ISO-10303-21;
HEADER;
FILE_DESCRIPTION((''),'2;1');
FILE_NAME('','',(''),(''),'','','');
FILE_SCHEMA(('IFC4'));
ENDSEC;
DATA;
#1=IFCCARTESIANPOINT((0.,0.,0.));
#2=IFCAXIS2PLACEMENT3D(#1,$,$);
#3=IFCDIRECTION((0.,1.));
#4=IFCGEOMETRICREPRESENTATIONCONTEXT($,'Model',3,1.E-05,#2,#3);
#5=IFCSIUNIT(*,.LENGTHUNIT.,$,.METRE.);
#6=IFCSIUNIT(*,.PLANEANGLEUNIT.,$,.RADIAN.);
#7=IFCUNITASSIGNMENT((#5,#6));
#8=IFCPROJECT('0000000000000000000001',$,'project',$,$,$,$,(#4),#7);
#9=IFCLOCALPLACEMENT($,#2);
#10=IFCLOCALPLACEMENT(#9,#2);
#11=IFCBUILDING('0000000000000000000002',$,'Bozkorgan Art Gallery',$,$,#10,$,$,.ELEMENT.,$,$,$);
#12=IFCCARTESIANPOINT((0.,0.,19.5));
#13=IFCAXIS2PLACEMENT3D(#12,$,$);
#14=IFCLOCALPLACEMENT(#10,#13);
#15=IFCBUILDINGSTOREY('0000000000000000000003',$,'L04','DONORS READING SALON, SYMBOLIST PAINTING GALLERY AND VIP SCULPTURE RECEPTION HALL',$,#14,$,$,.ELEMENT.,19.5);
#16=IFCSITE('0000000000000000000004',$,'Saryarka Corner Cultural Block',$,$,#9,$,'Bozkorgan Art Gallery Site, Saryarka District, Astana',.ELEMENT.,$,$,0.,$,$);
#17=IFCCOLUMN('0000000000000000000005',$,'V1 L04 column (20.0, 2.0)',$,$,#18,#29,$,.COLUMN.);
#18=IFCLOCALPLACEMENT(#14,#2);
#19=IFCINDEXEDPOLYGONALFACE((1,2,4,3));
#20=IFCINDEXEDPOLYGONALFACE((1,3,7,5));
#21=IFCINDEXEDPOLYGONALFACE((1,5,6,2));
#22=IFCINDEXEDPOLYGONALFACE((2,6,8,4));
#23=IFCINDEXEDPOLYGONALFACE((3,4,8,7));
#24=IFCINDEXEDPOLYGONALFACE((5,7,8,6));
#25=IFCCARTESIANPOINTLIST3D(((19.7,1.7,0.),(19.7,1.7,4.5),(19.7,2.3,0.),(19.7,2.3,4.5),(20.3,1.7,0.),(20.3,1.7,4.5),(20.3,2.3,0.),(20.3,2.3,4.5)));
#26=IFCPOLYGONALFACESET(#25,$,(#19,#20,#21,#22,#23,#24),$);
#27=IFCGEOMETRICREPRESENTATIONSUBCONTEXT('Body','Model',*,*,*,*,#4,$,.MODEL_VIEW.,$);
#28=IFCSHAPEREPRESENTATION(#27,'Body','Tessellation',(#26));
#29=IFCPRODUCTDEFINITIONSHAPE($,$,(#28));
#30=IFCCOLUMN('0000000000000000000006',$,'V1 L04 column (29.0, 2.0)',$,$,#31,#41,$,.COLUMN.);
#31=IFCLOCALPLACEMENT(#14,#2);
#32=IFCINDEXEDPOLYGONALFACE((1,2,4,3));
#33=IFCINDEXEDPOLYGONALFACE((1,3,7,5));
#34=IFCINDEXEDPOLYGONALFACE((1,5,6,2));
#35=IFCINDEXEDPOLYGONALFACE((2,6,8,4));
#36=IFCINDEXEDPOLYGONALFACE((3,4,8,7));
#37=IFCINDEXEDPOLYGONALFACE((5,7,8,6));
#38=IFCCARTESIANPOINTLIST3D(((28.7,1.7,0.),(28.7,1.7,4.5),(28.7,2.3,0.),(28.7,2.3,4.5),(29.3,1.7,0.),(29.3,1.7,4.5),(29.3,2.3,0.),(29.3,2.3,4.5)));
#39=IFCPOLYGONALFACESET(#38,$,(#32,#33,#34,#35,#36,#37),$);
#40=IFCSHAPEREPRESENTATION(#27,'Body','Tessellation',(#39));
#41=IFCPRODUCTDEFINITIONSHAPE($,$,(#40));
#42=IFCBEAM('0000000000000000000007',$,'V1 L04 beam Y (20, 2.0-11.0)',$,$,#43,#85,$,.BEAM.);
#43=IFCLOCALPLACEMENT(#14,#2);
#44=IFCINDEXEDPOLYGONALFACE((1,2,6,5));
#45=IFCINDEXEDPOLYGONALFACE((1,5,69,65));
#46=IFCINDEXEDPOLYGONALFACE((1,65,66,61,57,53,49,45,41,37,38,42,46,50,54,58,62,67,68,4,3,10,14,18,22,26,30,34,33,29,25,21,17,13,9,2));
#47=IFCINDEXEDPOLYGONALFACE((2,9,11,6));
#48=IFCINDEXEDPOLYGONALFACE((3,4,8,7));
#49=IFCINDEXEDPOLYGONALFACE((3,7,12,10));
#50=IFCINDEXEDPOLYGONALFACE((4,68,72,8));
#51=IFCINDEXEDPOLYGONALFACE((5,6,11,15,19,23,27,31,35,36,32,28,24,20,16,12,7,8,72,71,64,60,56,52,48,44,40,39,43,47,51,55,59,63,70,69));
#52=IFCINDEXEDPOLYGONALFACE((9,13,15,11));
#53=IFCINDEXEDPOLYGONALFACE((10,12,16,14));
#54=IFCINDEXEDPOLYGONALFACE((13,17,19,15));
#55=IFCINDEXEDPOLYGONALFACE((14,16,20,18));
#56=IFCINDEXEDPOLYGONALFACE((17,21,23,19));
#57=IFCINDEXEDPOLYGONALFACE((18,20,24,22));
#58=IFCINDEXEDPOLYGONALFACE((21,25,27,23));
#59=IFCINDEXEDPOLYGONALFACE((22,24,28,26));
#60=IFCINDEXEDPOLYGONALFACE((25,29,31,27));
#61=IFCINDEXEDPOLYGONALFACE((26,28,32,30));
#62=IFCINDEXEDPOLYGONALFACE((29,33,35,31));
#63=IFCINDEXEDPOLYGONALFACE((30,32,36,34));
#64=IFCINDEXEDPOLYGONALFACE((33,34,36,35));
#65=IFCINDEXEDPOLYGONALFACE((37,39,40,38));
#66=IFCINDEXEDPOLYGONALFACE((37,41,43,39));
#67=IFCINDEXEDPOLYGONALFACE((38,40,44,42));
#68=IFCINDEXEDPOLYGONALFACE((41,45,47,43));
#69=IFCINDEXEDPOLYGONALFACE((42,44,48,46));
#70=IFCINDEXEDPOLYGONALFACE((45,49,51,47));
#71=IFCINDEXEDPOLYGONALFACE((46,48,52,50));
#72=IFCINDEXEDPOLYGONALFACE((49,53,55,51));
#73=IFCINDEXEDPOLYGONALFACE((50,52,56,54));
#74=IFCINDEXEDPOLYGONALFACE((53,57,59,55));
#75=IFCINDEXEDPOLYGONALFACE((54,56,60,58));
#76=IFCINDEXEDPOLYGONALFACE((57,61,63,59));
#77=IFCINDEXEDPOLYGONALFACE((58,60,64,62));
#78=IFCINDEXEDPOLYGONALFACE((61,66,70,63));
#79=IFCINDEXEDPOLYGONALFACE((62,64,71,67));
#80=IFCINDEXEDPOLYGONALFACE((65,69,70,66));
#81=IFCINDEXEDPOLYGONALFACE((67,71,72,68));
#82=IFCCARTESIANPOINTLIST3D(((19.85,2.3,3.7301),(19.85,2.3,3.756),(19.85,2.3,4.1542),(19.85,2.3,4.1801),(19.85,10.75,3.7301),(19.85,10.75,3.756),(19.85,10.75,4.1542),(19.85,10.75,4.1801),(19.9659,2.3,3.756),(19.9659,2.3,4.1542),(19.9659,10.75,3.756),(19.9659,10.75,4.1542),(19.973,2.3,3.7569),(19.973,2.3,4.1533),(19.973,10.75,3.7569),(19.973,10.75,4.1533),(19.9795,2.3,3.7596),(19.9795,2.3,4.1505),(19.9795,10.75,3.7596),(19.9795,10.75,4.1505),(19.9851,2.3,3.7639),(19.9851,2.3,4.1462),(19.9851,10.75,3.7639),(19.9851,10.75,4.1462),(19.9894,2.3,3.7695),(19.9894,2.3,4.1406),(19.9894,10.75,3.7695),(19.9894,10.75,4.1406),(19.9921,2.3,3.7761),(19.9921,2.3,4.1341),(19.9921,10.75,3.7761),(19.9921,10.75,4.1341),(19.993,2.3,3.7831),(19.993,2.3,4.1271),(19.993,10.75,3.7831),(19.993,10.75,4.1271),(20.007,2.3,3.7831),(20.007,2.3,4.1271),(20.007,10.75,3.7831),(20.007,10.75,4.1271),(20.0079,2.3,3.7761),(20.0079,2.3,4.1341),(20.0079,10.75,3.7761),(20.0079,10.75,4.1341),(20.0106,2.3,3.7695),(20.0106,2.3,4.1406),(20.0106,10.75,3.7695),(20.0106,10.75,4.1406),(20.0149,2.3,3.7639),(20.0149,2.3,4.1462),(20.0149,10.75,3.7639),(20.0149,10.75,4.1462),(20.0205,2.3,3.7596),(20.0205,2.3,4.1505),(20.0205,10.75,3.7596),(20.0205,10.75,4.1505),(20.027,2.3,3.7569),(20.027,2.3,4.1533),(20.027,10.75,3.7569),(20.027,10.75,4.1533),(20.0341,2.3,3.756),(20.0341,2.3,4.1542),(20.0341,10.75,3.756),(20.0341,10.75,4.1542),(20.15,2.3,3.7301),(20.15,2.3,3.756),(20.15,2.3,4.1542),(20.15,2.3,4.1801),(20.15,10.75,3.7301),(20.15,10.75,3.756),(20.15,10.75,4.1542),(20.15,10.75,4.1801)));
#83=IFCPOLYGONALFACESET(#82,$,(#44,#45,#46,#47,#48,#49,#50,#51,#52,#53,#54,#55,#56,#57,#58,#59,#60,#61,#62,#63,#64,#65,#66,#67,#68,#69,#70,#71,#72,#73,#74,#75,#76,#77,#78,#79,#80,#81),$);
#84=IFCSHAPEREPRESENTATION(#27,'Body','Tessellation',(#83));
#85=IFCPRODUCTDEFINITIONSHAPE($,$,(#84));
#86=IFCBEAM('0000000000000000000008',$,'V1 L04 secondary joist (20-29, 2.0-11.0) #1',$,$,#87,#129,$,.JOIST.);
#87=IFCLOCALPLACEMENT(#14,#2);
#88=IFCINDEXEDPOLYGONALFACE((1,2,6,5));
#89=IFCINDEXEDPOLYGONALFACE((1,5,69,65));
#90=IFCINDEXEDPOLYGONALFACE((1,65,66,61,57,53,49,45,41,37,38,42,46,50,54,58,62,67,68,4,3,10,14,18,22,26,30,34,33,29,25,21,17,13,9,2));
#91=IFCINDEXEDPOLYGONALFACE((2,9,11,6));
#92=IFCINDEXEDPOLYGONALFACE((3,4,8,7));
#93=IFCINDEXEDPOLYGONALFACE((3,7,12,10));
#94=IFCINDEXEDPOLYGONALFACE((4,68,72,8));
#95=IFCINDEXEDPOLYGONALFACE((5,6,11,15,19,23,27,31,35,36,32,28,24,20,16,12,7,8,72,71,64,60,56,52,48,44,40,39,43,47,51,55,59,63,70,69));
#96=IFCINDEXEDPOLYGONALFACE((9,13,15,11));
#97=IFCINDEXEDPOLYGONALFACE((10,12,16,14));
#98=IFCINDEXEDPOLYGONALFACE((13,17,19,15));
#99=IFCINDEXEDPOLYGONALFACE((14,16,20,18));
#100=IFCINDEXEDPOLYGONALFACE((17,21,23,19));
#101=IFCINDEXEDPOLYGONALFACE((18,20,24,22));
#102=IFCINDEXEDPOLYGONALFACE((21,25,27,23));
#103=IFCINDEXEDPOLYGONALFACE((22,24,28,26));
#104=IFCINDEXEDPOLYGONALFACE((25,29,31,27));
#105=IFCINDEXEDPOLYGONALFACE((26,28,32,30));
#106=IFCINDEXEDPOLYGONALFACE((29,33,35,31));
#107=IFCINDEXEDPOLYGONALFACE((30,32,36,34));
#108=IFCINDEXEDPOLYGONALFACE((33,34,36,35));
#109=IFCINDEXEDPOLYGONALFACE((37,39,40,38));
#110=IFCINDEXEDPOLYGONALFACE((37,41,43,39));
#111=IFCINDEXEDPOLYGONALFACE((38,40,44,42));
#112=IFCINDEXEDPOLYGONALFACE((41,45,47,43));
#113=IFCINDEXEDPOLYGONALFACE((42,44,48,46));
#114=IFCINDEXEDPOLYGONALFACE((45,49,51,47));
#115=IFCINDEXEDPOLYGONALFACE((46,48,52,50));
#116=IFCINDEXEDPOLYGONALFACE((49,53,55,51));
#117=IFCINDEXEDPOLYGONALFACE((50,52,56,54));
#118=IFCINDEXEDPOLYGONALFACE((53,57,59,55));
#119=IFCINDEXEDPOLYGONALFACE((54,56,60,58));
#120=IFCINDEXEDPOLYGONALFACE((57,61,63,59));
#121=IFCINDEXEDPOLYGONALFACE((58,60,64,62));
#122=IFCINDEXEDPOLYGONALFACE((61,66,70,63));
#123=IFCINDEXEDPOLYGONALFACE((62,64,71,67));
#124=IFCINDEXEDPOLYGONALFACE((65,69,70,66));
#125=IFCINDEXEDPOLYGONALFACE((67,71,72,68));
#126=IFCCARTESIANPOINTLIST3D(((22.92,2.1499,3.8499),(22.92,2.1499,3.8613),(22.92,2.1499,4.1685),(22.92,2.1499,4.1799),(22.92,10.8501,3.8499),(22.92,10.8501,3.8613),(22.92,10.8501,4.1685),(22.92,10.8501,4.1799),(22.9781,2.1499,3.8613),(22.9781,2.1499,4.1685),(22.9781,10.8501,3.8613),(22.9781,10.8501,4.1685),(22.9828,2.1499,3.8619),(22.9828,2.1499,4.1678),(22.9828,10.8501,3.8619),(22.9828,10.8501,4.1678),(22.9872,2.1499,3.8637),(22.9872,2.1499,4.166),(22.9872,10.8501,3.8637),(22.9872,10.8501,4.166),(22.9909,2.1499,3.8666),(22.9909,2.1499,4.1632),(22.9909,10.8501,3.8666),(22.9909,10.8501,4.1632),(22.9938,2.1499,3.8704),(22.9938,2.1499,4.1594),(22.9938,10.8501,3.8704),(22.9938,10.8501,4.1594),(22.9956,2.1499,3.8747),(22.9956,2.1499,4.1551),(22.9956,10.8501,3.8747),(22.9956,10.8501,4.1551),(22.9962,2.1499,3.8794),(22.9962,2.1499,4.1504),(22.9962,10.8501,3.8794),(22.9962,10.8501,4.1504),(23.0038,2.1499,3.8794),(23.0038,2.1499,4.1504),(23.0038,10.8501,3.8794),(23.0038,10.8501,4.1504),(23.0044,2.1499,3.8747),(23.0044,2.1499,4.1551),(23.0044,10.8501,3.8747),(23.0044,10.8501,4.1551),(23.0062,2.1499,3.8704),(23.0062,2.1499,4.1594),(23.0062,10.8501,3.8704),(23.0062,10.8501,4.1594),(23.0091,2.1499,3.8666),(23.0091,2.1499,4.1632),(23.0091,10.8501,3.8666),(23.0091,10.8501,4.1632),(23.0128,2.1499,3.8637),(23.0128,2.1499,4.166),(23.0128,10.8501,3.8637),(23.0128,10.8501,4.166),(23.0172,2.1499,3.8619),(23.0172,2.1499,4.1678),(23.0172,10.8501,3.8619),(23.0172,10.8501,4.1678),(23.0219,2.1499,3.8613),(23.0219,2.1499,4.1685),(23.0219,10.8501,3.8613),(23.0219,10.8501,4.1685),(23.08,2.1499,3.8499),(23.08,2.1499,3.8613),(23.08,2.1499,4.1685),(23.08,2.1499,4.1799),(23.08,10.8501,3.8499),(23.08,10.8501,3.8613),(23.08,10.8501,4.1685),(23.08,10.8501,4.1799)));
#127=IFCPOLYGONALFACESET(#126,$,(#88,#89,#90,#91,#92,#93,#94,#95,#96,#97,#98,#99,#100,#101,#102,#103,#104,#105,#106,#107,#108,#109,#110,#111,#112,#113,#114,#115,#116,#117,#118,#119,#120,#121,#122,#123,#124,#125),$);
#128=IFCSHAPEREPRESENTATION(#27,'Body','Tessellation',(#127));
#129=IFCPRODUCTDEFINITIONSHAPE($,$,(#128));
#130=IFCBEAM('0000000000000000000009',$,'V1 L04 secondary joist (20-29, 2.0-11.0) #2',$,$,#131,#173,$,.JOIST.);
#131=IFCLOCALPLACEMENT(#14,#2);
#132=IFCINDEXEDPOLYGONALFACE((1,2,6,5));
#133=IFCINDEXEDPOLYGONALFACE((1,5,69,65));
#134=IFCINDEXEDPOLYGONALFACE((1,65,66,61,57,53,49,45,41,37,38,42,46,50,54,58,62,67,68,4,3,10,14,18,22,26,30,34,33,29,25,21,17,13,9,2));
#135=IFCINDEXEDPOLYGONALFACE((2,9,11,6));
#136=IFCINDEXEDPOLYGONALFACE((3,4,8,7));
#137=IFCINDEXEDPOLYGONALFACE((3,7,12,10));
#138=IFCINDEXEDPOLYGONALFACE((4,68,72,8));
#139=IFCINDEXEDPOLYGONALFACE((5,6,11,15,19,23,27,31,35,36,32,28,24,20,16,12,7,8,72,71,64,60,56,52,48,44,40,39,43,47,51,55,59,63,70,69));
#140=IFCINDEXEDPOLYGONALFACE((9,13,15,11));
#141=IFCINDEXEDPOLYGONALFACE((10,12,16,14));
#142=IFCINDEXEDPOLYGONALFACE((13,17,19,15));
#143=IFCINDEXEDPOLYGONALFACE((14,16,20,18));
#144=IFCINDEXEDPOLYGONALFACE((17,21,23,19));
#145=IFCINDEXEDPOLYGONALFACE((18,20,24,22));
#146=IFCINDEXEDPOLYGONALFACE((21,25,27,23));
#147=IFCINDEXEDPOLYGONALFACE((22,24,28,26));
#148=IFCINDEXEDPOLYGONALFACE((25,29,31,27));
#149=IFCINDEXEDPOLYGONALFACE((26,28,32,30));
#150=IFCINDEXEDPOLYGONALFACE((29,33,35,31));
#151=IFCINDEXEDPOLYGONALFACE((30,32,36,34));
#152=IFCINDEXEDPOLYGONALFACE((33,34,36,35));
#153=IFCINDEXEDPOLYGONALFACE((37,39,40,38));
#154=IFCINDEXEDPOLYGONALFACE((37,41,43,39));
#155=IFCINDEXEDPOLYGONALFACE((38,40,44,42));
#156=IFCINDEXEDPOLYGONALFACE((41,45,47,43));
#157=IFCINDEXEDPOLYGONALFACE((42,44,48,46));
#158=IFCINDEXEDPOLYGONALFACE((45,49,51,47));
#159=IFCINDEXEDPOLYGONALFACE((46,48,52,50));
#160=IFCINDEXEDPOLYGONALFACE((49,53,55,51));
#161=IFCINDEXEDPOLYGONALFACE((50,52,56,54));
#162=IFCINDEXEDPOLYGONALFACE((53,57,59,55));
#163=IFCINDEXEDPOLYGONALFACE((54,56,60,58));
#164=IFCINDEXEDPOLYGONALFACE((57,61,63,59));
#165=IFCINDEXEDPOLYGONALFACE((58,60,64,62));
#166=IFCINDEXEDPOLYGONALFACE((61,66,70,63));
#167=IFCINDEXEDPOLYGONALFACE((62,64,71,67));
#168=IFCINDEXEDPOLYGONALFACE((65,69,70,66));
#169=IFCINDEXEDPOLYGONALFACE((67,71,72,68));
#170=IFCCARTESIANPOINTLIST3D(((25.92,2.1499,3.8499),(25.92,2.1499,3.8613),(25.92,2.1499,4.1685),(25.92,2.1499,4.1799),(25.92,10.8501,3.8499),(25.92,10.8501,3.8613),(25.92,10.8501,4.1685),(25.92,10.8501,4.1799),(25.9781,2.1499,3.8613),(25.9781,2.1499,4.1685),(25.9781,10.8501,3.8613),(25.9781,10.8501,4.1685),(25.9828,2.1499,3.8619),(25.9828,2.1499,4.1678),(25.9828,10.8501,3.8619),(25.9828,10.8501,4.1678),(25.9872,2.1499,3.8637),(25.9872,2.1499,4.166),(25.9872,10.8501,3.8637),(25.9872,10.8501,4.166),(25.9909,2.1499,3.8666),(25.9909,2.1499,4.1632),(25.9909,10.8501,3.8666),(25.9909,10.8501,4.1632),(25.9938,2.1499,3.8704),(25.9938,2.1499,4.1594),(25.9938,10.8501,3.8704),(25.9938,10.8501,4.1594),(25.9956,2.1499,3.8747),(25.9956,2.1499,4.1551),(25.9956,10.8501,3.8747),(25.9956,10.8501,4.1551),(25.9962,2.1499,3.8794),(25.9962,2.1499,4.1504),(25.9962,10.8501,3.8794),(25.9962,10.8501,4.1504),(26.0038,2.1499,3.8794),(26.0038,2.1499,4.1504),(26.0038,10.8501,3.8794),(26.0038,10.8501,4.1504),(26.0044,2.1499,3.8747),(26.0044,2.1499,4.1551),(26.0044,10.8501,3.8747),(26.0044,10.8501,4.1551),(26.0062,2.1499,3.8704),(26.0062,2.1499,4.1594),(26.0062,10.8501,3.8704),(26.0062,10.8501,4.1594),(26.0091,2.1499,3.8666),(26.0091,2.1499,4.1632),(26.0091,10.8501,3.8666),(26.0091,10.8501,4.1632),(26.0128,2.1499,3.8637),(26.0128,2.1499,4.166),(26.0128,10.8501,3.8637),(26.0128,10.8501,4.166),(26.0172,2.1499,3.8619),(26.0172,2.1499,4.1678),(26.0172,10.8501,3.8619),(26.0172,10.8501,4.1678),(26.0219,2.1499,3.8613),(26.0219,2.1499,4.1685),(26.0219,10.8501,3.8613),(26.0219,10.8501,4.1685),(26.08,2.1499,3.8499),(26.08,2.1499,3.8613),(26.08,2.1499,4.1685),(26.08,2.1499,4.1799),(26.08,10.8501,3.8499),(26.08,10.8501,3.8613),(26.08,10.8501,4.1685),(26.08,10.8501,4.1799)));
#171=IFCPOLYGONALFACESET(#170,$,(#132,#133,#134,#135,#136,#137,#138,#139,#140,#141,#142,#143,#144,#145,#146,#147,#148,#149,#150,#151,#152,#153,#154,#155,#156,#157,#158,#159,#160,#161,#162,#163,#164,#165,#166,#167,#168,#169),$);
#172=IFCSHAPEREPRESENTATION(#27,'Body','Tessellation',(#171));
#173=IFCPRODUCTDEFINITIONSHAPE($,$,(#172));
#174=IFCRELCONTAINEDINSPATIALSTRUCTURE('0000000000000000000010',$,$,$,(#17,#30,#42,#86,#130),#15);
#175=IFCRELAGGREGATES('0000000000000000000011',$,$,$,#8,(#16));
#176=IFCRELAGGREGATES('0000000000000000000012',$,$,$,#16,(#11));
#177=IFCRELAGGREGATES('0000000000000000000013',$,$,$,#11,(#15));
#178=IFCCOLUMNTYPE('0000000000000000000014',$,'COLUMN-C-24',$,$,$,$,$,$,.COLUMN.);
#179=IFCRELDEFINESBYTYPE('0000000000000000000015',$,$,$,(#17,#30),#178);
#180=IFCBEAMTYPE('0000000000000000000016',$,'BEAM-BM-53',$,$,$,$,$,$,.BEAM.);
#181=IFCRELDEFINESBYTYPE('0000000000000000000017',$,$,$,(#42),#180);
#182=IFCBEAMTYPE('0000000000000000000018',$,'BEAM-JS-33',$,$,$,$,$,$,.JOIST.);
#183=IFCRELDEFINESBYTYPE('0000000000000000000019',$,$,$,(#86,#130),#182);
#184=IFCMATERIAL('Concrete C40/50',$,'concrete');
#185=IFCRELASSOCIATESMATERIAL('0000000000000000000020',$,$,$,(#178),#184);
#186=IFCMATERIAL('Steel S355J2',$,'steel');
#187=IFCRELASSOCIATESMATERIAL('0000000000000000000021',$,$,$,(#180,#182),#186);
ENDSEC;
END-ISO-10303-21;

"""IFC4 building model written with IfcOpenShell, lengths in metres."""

from ifc_helpers import new_model, si_unit, direction, frame, origin, origin_2d, place, context, subcontext, project, spatial, rectangle, i_section, extrude, material, material_profile, profile_set, type_object, element, save


model = new_model("IFC4")

# Units and contexts
model_context = context("Model", 3, precision=1e-05, world=origin(), true_north=direction((0.0, 1.0)))
body_context = subcontext(model_context, "Body", "Model", "MODEL_VIEW")
ifc_project = project(units=[si_unit("LENGTHUNIT", "METRE"), si_unit("PLANEANGLEUNIT", "RADIAN")], contexts=[model_context])

# Site, building, storey
site_placement = place(None, origin())
site = spatial("IfcSite", under=ifc_project, at=site_placement, Name="Saryarka Corner Cultural Block", LongName="Bozkorgan Art Gallery Site, Saryarka District, Astana", CompositionType="ELEMENT", RefElevation=0.0)
building_placement = place(site_placement, origin())
building = spatial("IfcBuilding", under=site, at=building_placement, Name="Bozkorgan Art Gallery", CompositionType="ELEMENT")
storey_placement = place(building_placement, frame((0.0, 0.0, 19.5)))
storey = spatial("IfcBuildingStorey", under=building, at=storey_placement, Name="L04", Description="DONORS READING SALON, SYMBOLIST PAINTING GALLERY AND VIP SCULPTURE RECEPTION HALL", CompositionType="ELEMENT", Elevation=19.5)

# Columns
ifc_material_1 = material(Name="Concrete C40/50", Category="concrete")
ifc_material_profile_1 = material_profile(ifc_material_1, rectangle(XDim=0.6001, YDim=0.6001, at=origin_2d()), Name="RC 600x600")
ifc_profile_set_1 = profile_set([ifc_material_profile_1], Name="Concrete C40/50")
column_type = type_object("IfcColumnType", Name="COLUMN-C-24", PredefinedType="COLUMN", material=ifc_profile_set_1)
for number, where, z_axis, x_axis, name in (
    (1, (20.0, 2.0, 0.0), (0.0, 0.0, 1.0), (1.0, 0.0, 0.0), "V1 L04 column (20.0, 2.0)"),
    (2, (29.0, 2.0, 0.0), (0.0, 0.0, 1.0), (1.0, 0.0, 0.0), "V1 L04 column (29.0, 2.0)"),
):
    element("IfcColumn", number, at=place(storey_placement, frame(where, z_axis=z_axis, x_axis=x_axis)), inside=storey, type_object=column_type, Name=name, PredefinedType="COLUMN", context=body_context, shape_type="SweptSolid", body=[
        extrude(rectangle(XDim=0.6001, YDim=0.6001, at=origin_2d()), origin(), (0.0, 0.0, 1.0), 4.5),
    ])

# Beams
ifc_material_2 = material(Name="Steel S355J2", Category="steel")
ifc_material_profile_2 = material_profile(ifc_material_2, i_section(OverallWidth=0.3, OverallDepth=0.45, WebThickness=0.0139, FlangeThickness=0.0259, FilletRadius=0.0271, at=origin_2d()), Name="HEB 450")
ifc_profile_set_2 = profile_set([ifc_material_profile_2], Name="Steel S355J2")
beam_type_1 = type_object("IfcBeamType", Name="BEAM-BM-53", PredefinedType="BEAM", material=ifc_profile_set_2)
beam_1_placement = place(storey_placement, frame((20.0, 2.3, 3.9551), z_axis=(0.0, 1.0, 0.0), x_axis=(-1.0, 0.0, 0.0)))
element("IfcBeam", 3, at=beam_1_placement, inside=storey, type_object=beam_type_1, Name="V1 L04 beam Y (20, 2.0-11.0)", PredefinedType="BEAM", context=body_context, shape_type="SweptSolid", body=[
    extrude(i_section(OverallWidth=0.3, OverallDepth=0.45, WebThickness=0.0139, FlangeThickness=0.0259, FilletRadius=0.0271, at=origin_2d()), origin(), (0.0, 0.0, 1.0), 8.45),
])
ifc_material_profile_3 = material_profile(ifc_material_2, i_section(OverallWidth=0.1599, OverallDepth=0.3301, WebThickness=0.0076, FlangeThickness=0.0115, FilletRadius=0.0181, at=origin_2d()), Name="IPE 330")
ifc_profile_set_3 = profile_set([ifc_material_profile_3], Name="Steel S355J2")
beam_type_2 = type_object("IfcBeamType", Name="BEAM-JS-33", PredefinedType="JOIST", material=ifc_profile_set_3)
for number, where, z_axis, x_axis, name in (
    (4, (23.0, 2.1499, 4.0149), (0.0, 1.0, 0.0), (-1.0, 0.0, 0.0), "V1 L04 secondary joist (20-29, 2.0-11.0) #1"),
    (5, (26.0, 2.1499, 4.0149), (0.0, 1.0, 0.0), (-1.0, 0.0, 0.0), "V1 L04 secondary joist (20-29, 2.0-11.0) #2"),
):
    element("IfcBeam", number, at=place(storey_placement, frame(where, z_axis=z_axis, x_axis=x_axis)), inside=storey, type_object=beam_type_2, Name=name, PredefinedType="JOIST", context=body_context, shape_type="SweptSolid", body=[
        extrude(i_section(OverallWidth=0.1599, OverallDepth=0.3301, WebThickness=0.0076, FlangeThickness=0.0115, FilletRadius=0.0181, at=origin_2d()), origin(), (0.0, 0.0, 1.0), 8.7002),
    ])

save(model, "model.ifc")
